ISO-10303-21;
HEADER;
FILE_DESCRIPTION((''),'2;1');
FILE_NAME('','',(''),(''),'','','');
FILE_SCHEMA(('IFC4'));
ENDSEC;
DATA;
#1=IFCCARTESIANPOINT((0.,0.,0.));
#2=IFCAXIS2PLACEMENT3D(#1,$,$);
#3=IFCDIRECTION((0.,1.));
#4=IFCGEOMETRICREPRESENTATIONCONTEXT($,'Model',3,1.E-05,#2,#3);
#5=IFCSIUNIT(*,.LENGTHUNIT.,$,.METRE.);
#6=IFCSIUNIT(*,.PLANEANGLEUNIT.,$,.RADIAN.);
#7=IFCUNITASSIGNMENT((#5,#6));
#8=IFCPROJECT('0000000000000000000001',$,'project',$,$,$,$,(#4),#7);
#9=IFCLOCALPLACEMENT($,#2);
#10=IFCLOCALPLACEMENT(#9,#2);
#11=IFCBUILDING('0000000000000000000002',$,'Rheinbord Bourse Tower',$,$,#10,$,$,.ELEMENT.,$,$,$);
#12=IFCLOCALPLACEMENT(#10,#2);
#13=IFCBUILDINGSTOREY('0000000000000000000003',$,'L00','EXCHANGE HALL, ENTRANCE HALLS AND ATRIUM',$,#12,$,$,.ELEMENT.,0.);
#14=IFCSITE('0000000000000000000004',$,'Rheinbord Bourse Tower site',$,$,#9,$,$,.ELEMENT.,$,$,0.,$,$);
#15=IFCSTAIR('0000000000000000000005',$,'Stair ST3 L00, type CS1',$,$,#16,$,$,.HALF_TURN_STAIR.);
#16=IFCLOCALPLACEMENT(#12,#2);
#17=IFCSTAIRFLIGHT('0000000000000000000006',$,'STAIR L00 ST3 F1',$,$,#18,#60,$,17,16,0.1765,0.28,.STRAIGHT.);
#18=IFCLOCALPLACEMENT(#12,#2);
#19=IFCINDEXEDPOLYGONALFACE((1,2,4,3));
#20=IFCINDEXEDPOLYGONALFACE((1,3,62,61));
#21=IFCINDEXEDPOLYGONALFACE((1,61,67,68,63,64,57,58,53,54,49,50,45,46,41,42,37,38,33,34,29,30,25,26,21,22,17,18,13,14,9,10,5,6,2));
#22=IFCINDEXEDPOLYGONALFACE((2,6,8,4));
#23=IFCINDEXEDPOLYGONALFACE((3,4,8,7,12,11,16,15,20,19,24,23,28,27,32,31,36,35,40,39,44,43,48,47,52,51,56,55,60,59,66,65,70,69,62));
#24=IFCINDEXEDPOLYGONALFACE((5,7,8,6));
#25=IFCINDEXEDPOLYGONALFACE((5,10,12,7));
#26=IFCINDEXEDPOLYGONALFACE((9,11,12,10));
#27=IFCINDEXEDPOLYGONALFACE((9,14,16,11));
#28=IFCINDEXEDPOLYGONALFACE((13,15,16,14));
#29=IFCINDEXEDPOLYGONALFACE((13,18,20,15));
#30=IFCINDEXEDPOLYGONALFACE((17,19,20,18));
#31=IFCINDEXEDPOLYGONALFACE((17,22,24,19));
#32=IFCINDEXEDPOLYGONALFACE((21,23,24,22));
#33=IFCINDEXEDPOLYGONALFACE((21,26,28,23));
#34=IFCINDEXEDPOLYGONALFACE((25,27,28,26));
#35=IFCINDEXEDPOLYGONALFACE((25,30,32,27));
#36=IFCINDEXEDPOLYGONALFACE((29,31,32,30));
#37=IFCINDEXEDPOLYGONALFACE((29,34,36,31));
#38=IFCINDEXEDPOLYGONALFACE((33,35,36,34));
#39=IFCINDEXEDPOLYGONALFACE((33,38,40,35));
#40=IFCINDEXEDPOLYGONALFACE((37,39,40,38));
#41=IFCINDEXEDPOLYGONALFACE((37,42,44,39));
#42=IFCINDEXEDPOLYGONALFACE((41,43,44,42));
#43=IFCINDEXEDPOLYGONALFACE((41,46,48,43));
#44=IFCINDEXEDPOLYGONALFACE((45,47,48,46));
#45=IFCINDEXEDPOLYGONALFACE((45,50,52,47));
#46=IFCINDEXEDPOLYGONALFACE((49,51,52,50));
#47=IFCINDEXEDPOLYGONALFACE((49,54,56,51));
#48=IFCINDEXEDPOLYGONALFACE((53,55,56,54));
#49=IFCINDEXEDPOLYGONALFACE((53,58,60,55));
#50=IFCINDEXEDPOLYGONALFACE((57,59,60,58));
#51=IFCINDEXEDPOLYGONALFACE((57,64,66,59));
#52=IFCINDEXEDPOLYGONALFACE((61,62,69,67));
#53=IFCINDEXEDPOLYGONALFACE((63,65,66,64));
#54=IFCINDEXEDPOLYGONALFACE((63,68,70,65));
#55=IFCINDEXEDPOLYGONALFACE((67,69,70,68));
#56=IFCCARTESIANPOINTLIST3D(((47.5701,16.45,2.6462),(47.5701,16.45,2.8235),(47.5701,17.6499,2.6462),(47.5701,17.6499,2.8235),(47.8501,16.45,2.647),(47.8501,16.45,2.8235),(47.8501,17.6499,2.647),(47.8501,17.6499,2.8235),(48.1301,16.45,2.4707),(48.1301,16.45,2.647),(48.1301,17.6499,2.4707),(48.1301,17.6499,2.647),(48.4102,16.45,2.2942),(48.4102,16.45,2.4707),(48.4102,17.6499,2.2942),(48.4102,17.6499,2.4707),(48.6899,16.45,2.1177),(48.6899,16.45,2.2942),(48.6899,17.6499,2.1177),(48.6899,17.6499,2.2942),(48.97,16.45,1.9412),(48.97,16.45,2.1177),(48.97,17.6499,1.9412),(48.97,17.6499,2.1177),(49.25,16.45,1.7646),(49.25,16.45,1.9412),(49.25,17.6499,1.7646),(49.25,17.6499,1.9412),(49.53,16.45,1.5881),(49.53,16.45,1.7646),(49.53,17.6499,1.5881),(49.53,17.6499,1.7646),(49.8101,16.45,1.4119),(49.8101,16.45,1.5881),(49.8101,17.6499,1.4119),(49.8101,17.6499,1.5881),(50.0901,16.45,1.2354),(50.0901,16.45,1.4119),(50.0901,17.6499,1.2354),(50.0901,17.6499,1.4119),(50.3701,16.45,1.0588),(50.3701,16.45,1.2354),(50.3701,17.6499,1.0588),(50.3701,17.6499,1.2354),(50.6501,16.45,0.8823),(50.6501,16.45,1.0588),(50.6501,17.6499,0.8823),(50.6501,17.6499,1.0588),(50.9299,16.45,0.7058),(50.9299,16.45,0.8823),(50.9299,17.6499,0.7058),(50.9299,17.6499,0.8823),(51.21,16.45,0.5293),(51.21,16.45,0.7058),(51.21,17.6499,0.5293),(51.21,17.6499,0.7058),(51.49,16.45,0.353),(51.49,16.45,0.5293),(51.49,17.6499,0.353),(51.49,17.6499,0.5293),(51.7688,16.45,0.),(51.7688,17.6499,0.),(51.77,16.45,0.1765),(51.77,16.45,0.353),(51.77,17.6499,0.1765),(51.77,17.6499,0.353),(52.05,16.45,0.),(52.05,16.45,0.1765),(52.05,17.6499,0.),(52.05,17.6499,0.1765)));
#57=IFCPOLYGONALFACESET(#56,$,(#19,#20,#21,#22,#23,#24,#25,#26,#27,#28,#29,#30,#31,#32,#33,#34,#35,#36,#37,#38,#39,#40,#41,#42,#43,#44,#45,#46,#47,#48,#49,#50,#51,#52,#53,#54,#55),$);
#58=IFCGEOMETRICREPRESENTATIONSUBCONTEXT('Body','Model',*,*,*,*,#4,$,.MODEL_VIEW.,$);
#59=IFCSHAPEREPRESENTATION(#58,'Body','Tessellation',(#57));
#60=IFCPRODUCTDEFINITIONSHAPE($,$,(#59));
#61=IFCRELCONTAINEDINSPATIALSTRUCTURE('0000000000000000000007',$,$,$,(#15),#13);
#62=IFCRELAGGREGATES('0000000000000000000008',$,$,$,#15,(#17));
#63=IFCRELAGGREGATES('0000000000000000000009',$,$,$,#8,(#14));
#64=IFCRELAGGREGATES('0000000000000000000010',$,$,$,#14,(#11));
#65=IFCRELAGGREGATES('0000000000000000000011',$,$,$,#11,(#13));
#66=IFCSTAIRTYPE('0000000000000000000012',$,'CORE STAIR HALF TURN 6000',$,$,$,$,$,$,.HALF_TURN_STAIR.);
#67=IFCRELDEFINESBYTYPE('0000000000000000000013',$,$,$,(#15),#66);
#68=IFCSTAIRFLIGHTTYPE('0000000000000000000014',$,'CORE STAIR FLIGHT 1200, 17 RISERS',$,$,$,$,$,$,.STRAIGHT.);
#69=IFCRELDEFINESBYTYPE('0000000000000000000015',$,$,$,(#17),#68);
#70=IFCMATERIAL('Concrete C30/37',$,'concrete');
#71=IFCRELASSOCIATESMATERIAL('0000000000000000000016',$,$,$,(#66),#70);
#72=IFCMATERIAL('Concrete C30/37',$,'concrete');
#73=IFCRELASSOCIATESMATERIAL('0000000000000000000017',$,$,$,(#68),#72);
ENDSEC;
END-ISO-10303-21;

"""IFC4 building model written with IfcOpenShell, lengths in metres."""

from ifc_helpers import new_model, si_unit, direction, frame, origin, place, context, subcontext, project, spatial, polyline, outline, extrude, material, type_object, element, aggregate, save


model = new_model("IFC4")

# Units and contexts
model_context = context("Model", 3, precision=1e-05, world=origin(), true_north=direction((0.0, 1.0)))
body_context = subcontext(model_context, "Body", "Model", "MODEL_VIEW")
ifc_project = project(units=[si_unit("LENGTHUNIT", "METRE"), si_unit("PLANEANGLEUNIT", "RADIAN")], contexts=[model_context])

# Site, building, storey
site_placement = place(None, origin())
site = spatial("IfcSite", under=ifc_project, at=site_placement, Name="Rheinbord Bourse Tower site", CompositionType="ELEMENT", RefElevation=0.0)
building_placement = place(site_placement, origin())
building = spatial("IfcBuilding", under=site, at=building_placement, Name="Rheinbord Bourse Tower", CompositionType="ELEMENT")
storey_placement = place(building_placement, origin())
storey = spatial("IfcBuildingStorey", under=building, at=storey_placement, Name="L00", Description="EXCHANGE HALL, ENTRANCE HALLS AND ATRIUM", CompositionType="ELEMENT", Elevation=0.0)

# Stair, stair flight
ifc_material_1 = material(Name="Concrete C30/37", Category="concrete")
stair_type = type_object("IfcStairType", Name="CORE STAIR HALF TURN 6000", PredefinedType="HALF_TURN_STAIR", material=ifc_material_1)
stair_placement = place(storey_placement, origin())
stair = element("IfcStair", 1, at=stair_placement, inside=storey, type_object=stair_type, Name="Stair ST3 L00, type CS1", PredefinedType="HALF_TURN_STAIR")
ifc_material_2 = material(Name="Concrete C30/37", Category="concrete")
stair_flight_type = type_object("IfcStairFlightType", Name="CORE STAIR FLIGHT 1200, 17 RISERS", PredefinedType="STRAIGHT", material=ifc_material_2)
stair_flight_placement = place(storey_placement, frame((52.05, 17.05, 0.0), z_axis=(0.0, 0.0, 1.0), x_axis=(-1.0, 0.0, 0.0)))
stair_flight = element("IfcStairFlight", 2, at=stair_flight_placement, type_object=stair_flight_type, Name="STAIR L00 ST3 F1", NumberOfRisers=17, NumberOfTreads=16, PredefinedType="STRAIGHT", RiserHeight=0.1765, TreadLength=0.28, context=body_context, shape_type="SweptSolid", body=[
    extrude(outline(polyline([(0.0, 0.0), (0.0, 0.1765), (0.28, 0.1765), (0.28, 0.353), (0.5601, 0.353), (0.5601, 0.5293), (0.8401, 0.5293), (0.8401, 0.7058), (1.1201, 0.7058), (1.1201, 0.8823), (1.3999, 0.8823), (1.3999, 1.0588), (1.6799, 1.0588), (1.6799, 1.2354), (1.96, 1.2354), (1.96, 1.4119), (2.24, 1.4119), (2.24, 1.5881), (2.52, 1.5881), (2.52, 1.7646), (2.8, 1.7646), (2.8, 1.9412), (3.0801, 1.9412), (3.0801, 2.1177), (3.3601, 2.1177), (3.3601, 2.2942), (3.6399, 2.2942), (3.6399, 2.4707), (3.9199, 2.4707), (3.9199, 2.647), (4.2, 2.647), (4.2, 2.8235), (4.48, 2.8235), (4.48, 3.0), (4.48, 2.6462), (0.2812, 0.0), (0.0, 0.0)])), frame((0.0, 0.6001, 0.0), z_axis=(0.0, -1.0, 0.0), x_axis=(1.0, 0.0, 0.0)), (0.0, 0.0, 1.0), 1.2),
])
aggregate(stair, [stair_flight])

save(model, "model.ifc")
